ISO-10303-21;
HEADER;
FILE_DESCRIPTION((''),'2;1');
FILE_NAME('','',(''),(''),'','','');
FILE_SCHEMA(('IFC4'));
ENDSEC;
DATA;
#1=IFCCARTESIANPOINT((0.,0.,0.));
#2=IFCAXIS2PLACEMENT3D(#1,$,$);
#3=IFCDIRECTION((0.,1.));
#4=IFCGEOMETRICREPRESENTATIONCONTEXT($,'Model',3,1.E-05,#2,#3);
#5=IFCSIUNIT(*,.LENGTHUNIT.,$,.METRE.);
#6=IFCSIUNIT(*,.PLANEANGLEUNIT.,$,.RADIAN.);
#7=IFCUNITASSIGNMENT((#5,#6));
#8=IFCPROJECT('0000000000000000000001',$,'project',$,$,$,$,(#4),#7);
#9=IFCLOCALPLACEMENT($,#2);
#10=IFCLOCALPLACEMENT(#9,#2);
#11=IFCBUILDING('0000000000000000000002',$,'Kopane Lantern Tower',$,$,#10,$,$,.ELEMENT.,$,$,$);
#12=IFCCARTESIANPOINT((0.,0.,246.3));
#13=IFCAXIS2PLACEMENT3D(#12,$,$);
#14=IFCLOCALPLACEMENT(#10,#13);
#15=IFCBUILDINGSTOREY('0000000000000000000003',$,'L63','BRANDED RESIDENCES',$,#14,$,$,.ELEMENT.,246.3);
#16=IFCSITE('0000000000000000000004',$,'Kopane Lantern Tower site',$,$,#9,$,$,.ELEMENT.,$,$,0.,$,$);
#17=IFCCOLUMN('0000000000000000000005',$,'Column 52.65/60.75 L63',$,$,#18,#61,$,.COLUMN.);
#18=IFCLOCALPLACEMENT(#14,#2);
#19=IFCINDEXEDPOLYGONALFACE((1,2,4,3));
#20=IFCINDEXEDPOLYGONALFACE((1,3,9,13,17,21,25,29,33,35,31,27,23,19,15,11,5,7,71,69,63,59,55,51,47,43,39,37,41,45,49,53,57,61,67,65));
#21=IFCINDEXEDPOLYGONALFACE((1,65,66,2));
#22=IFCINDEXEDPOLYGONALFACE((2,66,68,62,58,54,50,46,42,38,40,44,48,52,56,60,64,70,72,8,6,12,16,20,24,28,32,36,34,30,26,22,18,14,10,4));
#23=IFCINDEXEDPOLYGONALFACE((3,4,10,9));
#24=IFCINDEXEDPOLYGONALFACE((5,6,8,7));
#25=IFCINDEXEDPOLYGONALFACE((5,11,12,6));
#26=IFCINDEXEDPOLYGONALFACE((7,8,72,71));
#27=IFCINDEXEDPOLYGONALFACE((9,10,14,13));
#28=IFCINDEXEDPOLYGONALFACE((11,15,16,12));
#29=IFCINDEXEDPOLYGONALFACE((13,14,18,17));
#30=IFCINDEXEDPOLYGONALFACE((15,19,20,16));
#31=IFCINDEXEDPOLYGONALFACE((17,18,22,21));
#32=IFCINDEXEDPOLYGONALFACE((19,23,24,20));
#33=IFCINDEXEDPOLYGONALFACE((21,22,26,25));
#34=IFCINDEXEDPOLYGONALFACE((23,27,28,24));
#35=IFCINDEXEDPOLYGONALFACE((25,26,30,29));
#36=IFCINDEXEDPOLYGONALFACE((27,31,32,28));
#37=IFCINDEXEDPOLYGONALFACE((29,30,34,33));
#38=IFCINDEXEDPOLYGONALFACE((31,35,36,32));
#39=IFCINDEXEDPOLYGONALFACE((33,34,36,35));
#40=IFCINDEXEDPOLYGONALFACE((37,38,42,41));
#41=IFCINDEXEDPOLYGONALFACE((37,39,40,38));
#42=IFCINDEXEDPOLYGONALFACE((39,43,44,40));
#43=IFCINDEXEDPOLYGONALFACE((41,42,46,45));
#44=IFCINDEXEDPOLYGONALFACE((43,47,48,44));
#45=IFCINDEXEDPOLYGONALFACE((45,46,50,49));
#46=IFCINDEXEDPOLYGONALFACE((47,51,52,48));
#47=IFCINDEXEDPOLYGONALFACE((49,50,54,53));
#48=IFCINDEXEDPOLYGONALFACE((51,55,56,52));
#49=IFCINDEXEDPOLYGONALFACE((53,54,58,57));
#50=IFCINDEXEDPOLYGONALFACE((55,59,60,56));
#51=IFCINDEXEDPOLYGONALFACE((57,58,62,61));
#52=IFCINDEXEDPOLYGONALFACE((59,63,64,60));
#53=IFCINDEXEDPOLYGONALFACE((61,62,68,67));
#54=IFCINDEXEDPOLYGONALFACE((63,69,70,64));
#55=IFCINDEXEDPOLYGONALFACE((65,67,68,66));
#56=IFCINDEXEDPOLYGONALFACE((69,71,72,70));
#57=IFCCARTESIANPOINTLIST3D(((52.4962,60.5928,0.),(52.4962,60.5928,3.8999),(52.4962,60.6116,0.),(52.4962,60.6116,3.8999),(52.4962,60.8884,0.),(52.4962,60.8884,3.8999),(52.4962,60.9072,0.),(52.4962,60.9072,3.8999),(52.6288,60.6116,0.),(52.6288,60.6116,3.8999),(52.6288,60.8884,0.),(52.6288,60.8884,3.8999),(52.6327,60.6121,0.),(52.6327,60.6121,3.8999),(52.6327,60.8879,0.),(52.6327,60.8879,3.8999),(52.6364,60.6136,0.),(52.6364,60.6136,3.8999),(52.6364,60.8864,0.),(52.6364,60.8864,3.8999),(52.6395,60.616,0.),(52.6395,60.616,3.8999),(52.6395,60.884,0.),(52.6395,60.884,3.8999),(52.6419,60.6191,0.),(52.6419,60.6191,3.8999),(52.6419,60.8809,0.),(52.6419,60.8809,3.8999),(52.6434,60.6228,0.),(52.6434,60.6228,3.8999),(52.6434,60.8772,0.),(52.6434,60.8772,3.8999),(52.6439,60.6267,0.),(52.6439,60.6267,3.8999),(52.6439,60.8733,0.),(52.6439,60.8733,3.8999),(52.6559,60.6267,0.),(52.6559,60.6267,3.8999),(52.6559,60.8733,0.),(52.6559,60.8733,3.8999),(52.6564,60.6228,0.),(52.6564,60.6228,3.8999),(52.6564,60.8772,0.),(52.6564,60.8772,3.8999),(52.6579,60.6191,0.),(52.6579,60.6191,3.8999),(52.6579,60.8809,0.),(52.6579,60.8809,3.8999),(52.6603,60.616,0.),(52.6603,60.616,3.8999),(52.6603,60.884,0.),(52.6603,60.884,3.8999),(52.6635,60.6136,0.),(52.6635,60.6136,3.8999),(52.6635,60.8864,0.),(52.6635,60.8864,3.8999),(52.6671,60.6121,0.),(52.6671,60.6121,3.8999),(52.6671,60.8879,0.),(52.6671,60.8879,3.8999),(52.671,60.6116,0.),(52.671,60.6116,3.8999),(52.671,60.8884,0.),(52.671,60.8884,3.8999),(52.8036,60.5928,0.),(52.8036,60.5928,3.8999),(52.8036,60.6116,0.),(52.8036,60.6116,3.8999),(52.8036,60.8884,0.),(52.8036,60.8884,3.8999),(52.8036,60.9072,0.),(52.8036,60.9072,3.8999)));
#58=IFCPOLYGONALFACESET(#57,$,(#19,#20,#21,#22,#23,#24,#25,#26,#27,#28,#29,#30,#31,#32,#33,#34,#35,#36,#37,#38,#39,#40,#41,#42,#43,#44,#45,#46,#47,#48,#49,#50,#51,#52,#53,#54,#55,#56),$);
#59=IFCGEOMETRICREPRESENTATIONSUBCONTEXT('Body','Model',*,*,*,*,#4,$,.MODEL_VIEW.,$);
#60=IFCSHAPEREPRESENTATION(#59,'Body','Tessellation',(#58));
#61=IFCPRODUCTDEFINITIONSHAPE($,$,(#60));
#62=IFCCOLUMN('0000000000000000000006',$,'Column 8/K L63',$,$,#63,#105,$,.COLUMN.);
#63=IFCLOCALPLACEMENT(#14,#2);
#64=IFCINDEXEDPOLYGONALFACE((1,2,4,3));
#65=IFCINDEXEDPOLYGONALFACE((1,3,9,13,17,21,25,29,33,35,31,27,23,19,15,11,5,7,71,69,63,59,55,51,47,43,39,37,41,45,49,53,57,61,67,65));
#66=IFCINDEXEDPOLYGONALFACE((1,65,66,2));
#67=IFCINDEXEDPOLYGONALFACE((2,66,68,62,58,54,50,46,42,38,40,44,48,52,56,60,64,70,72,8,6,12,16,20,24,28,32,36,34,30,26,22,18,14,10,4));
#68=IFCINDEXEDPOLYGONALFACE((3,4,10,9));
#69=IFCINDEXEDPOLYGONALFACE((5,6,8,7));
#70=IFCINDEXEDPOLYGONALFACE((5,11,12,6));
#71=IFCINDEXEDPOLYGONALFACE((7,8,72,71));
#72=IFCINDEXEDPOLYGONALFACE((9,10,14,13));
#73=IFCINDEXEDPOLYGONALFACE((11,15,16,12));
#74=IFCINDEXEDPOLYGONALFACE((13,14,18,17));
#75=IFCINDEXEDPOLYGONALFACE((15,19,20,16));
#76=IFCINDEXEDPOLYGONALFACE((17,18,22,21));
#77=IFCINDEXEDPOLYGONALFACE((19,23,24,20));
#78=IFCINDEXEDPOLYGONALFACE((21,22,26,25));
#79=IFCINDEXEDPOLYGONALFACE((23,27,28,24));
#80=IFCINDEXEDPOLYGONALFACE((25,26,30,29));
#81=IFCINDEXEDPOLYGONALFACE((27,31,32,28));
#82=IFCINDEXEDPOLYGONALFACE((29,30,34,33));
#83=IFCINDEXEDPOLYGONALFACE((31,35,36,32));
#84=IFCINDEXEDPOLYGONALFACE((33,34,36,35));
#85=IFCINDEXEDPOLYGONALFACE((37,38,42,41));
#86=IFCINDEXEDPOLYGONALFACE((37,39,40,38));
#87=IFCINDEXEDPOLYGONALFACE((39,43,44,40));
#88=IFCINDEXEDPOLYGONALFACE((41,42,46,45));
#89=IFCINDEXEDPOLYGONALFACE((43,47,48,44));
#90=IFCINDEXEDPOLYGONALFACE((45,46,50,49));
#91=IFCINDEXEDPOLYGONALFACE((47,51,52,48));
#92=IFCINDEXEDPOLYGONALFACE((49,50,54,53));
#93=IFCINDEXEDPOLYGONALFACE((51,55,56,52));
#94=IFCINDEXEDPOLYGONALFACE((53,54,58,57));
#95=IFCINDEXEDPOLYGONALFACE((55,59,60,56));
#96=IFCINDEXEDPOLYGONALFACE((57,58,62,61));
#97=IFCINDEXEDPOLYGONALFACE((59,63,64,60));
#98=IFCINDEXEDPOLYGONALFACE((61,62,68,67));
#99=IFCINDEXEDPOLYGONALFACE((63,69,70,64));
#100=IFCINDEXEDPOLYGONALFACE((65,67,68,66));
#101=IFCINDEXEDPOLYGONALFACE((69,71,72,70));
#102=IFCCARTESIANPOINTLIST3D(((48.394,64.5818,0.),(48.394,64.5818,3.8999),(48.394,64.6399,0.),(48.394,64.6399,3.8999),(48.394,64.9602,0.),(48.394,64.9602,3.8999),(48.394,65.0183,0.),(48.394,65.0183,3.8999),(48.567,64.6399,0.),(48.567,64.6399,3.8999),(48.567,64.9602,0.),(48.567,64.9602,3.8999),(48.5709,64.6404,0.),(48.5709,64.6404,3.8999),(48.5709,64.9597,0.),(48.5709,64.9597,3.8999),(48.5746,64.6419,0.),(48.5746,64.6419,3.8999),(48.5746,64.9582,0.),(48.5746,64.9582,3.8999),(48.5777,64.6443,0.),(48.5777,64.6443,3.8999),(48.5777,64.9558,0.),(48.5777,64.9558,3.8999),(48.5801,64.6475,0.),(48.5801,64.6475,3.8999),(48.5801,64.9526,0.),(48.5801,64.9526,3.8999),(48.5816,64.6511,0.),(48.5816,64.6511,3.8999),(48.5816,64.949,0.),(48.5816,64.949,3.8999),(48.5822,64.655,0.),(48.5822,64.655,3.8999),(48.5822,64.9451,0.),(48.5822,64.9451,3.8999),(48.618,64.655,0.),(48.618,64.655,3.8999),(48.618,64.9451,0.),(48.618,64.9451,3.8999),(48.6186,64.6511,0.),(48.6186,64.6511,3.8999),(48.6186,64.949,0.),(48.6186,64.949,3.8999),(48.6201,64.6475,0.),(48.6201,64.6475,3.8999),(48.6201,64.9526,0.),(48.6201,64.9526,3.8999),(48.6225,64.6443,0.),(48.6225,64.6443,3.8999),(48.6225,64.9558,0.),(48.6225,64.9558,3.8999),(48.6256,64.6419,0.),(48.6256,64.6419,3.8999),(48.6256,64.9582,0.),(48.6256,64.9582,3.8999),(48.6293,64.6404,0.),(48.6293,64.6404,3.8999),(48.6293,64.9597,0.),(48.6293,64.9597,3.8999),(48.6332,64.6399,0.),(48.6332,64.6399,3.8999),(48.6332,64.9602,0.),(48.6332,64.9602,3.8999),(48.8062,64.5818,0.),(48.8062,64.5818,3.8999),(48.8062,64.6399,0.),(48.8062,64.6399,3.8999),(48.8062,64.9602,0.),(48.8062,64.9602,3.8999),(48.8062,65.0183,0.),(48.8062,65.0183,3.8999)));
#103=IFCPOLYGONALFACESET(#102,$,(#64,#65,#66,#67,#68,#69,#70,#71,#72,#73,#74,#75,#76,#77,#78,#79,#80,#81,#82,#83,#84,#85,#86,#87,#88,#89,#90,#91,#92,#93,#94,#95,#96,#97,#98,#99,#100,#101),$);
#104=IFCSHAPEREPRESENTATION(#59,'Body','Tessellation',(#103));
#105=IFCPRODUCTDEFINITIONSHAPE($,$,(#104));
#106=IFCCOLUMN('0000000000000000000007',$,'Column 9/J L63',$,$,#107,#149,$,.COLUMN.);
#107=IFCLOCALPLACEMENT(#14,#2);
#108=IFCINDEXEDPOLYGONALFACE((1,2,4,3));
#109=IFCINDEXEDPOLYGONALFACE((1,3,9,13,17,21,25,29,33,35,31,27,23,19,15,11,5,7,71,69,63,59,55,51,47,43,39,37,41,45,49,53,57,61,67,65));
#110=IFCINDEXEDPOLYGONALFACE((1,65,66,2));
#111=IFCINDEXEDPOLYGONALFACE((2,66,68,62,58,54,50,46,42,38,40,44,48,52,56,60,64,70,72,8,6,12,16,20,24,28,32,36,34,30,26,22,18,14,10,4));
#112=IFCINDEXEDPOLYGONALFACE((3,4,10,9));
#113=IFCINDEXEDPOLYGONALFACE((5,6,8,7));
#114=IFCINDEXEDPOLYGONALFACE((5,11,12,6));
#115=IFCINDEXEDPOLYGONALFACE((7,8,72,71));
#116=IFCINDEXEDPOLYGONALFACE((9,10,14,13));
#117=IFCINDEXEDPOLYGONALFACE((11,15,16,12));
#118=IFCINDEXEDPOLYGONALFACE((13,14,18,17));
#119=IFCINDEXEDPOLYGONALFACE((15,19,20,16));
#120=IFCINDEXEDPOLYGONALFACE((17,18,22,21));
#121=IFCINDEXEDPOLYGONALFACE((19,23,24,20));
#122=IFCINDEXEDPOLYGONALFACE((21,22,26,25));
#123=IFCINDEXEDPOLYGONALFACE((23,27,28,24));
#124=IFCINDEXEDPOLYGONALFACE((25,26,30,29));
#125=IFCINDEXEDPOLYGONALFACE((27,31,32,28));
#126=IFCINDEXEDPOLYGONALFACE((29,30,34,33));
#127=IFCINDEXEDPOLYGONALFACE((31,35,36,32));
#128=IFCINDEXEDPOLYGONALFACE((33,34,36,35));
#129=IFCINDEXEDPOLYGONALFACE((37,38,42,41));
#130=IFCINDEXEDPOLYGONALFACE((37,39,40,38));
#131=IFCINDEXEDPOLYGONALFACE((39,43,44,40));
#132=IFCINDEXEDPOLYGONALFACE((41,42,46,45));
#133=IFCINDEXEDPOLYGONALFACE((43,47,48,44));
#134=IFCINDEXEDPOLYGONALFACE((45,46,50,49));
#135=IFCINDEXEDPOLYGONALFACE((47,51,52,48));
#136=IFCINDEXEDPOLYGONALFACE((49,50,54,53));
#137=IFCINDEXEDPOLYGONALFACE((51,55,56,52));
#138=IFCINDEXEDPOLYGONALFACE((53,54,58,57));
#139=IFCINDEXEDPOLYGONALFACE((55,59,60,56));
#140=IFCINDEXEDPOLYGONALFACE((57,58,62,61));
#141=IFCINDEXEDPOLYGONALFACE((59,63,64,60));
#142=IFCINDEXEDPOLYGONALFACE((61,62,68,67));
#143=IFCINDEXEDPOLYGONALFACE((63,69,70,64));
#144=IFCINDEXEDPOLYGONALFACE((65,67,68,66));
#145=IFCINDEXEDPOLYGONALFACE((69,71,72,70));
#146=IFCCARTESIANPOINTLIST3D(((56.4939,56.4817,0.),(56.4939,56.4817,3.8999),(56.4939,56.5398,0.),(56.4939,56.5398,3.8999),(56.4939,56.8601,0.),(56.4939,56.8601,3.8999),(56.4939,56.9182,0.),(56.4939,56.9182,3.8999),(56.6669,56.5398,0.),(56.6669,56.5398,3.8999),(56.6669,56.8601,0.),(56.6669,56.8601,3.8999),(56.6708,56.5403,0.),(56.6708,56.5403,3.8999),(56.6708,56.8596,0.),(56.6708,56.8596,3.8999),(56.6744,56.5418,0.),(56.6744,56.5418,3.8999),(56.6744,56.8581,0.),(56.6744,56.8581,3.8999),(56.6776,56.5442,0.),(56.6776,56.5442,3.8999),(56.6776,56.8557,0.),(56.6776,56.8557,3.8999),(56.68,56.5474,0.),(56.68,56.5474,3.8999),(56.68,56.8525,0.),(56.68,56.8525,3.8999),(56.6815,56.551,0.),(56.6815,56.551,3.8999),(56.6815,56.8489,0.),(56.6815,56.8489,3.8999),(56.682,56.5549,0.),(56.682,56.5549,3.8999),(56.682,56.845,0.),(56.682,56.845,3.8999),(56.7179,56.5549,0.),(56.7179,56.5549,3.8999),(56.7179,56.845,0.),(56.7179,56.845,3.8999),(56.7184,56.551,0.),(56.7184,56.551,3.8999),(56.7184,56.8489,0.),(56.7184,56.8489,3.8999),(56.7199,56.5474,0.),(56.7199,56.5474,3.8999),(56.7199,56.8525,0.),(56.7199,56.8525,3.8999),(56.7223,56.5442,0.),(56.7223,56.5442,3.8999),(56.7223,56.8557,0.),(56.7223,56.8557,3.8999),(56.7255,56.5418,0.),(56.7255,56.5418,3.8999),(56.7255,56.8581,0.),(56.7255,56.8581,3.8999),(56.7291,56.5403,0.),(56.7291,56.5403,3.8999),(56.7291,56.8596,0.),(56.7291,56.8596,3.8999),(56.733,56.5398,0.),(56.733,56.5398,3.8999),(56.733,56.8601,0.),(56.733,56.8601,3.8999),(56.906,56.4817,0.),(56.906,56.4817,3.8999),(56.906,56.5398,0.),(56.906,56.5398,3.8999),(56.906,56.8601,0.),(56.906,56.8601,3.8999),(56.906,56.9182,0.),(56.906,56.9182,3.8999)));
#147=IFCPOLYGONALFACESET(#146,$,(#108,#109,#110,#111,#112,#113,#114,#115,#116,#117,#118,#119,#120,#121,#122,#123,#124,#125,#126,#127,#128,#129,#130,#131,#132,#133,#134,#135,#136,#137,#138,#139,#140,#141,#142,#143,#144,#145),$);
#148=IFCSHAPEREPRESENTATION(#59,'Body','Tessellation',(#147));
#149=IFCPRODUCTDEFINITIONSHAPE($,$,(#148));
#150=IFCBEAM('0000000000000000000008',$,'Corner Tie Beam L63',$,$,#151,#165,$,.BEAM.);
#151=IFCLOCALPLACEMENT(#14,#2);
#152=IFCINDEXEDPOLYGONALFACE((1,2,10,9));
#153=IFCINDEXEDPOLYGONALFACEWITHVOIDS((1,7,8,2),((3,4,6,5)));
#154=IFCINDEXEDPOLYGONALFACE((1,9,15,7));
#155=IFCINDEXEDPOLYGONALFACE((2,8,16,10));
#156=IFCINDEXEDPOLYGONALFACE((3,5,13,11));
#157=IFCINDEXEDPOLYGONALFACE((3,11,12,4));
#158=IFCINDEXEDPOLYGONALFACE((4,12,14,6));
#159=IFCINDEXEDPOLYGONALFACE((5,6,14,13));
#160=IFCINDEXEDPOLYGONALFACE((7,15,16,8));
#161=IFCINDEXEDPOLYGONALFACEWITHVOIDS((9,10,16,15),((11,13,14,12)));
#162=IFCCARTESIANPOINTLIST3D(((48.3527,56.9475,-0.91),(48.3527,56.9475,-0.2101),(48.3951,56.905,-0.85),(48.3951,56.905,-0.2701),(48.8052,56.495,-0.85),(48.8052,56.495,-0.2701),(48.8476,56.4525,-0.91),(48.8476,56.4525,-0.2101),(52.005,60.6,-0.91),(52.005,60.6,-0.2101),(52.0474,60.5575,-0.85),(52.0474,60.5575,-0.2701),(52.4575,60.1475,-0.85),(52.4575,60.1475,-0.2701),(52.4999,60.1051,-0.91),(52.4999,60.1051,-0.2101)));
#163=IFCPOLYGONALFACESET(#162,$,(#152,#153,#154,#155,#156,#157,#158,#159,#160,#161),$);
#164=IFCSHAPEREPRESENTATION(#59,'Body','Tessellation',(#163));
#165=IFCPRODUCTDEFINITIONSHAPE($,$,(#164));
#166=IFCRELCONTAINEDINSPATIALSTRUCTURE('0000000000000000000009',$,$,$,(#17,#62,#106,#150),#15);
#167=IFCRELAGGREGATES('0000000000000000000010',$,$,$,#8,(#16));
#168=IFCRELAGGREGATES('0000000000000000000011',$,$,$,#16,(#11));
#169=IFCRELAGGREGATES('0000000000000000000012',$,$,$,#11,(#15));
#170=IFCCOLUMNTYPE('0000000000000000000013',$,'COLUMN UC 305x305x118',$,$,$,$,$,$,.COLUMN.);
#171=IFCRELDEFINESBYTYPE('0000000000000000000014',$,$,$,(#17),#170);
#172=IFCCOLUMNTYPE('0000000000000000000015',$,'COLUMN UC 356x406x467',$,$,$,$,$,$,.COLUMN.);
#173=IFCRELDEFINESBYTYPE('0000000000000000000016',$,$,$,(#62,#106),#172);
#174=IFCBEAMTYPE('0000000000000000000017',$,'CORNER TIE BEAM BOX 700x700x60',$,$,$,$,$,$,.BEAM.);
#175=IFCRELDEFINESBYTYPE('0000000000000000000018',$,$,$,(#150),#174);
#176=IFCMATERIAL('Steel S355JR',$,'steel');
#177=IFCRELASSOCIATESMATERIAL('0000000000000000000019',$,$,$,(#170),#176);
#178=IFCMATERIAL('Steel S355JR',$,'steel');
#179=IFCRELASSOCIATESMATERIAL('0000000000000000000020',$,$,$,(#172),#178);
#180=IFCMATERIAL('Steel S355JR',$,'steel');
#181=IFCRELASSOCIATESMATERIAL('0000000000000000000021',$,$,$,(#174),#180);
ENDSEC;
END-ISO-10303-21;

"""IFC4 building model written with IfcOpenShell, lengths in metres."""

from ifc_helpers import new_model, si_unit, direction, frame, origin, origin_2d, place, context, subcontext, project, spatial, hollow_rectangle, i_section, extrude, material, material_profile, profile_set, type_object, element, save


model = new_model("IFC4")

# Units and contexts
model_context = context("Model", 3, precision=1e-05, world=origin(), true_north=direction((0.0, 1.0)))
body_context = subcontext(model_context, "Body", "Model", "MODEL_VIEW")
ifc_project = project(units=[si_unit("LENGTHUNIT", "METRE"), si_unit("PLANEANGLEUNIT", "RADIAN")], contexts=[model_context])

# Site, building, storey
site_placement = place(None, origin())
site = spatial("IfcSite", under=ifc_project, at=site_placement, Name="Kopane Lantern Tower site", CompositionType="ELEMENT", RefElevation=0.0)
building_placement = place(site_placement, origin())
building = spatial("IfcBuilding", under=site, at=building_placement, Name="Kopane Lantern Tower", CompositionType="ELEMENT")
storey_placement = place(building_placement, frame((0.0, 0.0, 246.3)))
storey = spatial("IfcBuildingStorey", under=building, at=storey_placement, Name="L63", Description="BRANDED RESIDENCES", CompositionType="ELEMENT", Elevation=246.3)

# Columns
ifc_material_1 = material(Name="Steel S355JR", Category="steel")
ifc_material_profile_1 = material_profile(ifc_material_1, i_section(OverallWidth=0.3074, OverallDepth=0.3145, WebThickness=0.012, FlangeThickness=0.0188, FilletRadius=0.0151, at=origin_2d()), Name="UC 305x305x118")
ifc_profile_set_1 = profile_set([ifc_material_profile_1], Name="Steel S355JR")
column_type_1 = type_object("IfcColumnType", Name="COLUMN UC 305x305x118", PredefinedType="COLUMN", material=ifc_profile_set_1)
column_placement = place(storey_placement, frame((52.6499, 60.75, 0.0), z_axis=(0.0, 0.0, 1.0), x_axis=(1.0, 0.0, 0.0)))
element("IfcColumn", 1, at=column_placement, inside=storey, type_object=column_type_1, Name="Column 52.65/60.75 L63", PredefinedType="COLUMN", context=body_context, shape_type="SweptSolid", body=[
    extrude(i_section(OverallWidth=0.3074, OverallDepth=0.3145, WebThickness=0.012, FlangeThickness=0.0188, FilletRadius=0.0151, at=origin_2d()), origin(), (0.0, 0.0, 1.0), 3.8999),
])
ifc_material_2 = material(Name="Steel S355JR", Category="steel")
ifc_material_profile_2 = material_profile(ifc_material_2, i_section(OverallWidth=0.4121, OverallDepth=0.4365, WebThickness=0.0359, FlangeThickness=0.0581, FilletRadius=0.0151, at=origin_2d()), Name="UC 356x406x467")
ifc_profile_set_2 = profile_set([ifc_material_profile_2], Name="Steel S355JR")
column_type_2 = type_object("IfcColumnType", Name="COLUMN UC 356x406x467", PredefinedType="COLUMN", material=ifc_profile_set_2)
for number, where, z_axis, x_axis, name in (
    (2, (48.6001, 64.8, 0.0), (0.0, 0.0, 1.0), (1.0, 0.0, 0.0), "Column 8/K L63"),
    (3, (56.7, 56.7, 0.0), (0.0, 0.0, 1.0), (1.0, 0.0, 0.0), "Column 9/J L63"),
):
    element("IfcColumn", number, at=place(storey_placement, frame(where, z_axis=z_axis, x_axis=x_axis)), inside=storey, type_object=column_type_2, Name=name, PredefinedType="COLUMN", context=body_context, shape_type="SweptSolid", body=[
        extrude(i_section(OverallWidth=0.4121, OverallDepth=0.4365, WebThickness=0.0359, FlangeThickness=0.0581, FilletRadius=0.0151, at=origin_2d()), origin(), (0.0, 0.0, 1.0), 3.8999),
    ])

# Beam
ifc_material_3 = material(Name="Steel S355JR", Category="steel")
ifc_material_profile_3 = material_profile(ifc_material_3, hollow_rectangle(XDim=0.7, YDim=0.7, WallThickness=0.0601, at=origin_2d()), Name="BOX 700x700x60")
ifc_profile_set_3 = profile_set([ifc_material_profile_3], Name="Steel S355JR")
beam_type_1 = type_object("IfcBeamType", Name="CORNER TIE BEAM BOX 700x700x60", PredefinedType="BEAM", material=ifc_profile_set_3)
beam_1_placement = place(storey_placement, frame((52.2524, 60.3525, -0.5601), z_axis=(-0.707083, -0.70713, 0.0), x_axis=(0.70713, -0.707083, 0.0)))
element("IfcBeam", 4, at=beam_1_placement, inside=storey, type_object=beam_type_1, Name="Corner Tie Beam L63", PredefinedType="BEAM", context=body_context, shape_type="SweptSolid", body=[
    extrude(hollow_rectangle(XDim=0.7, YDim=0.7, WallThickness=0.0601, at=origin_2d()), origin(), (0.0, 0.0, 1.0), 5.1653),
])

save(model, "model.ifc")
